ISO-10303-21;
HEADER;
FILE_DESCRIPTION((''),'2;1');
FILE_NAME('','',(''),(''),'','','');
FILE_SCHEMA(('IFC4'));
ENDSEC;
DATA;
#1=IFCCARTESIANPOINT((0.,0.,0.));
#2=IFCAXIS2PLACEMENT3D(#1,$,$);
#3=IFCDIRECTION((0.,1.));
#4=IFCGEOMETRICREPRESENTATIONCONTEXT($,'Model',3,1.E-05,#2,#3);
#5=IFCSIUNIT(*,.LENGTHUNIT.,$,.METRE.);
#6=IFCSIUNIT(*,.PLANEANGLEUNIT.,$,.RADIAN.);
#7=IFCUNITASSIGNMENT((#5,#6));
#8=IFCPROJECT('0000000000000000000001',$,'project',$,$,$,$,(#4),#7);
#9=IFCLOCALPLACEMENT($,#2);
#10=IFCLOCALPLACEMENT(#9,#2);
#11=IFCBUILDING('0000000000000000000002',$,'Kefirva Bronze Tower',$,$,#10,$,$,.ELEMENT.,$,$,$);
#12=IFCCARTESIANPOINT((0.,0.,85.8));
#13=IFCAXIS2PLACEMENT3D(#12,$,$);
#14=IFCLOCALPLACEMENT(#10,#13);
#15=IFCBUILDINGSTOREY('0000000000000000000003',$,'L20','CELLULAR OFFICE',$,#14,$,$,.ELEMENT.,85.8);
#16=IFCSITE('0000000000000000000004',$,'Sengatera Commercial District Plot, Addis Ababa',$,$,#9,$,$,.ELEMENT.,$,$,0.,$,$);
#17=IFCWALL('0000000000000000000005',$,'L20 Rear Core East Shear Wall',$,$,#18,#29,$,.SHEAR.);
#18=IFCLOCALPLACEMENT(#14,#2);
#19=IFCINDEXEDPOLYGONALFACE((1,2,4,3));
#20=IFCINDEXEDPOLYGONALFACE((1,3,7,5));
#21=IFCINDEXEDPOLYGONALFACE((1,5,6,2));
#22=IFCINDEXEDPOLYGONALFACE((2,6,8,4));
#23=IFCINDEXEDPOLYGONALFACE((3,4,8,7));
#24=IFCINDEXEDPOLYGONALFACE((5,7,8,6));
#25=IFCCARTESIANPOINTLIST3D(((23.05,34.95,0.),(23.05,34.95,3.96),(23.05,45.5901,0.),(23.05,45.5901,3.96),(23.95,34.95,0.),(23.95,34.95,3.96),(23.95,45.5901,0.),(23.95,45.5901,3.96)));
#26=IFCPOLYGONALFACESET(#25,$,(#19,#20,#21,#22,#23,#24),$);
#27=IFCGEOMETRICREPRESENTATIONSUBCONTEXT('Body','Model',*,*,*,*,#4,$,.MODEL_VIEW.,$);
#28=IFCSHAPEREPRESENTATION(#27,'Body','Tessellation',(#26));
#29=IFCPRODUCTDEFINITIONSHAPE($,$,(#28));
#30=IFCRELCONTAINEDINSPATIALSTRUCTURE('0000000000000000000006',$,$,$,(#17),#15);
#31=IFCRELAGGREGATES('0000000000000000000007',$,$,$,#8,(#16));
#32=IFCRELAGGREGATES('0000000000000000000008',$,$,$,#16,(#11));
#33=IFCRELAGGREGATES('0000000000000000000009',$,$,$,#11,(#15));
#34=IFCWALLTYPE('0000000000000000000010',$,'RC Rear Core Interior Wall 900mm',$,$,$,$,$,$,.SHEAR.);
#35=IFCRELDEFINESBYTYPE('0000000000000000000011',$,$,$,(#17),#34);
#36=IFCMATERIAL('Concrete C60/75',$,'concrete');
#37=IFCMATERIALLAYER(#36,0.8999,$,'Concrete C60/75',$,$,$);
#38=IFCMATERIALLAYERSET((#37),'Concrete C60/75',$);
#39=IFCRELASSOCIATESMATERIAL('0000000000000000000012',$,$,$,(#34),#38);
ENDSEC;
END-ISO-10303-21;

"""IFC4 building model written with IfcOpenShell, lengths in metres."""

from ifc_helpers import new_model, si_unit, direction, frame, frame_2d, origin, place, context, subcontext, project, spatial, rectangle, extrude, material, layer, layer_set, type_object, element, save


model = new_model("IFC4")

# Units and contexts
model_context = context("Model", 3, precision=1e-05, world=origin(), true_north=direction((0.0, 1.0)))
body_context = subcontext(model_context, "Body", "Model", "MODEL_VIEW")
ifc_project = project(units=[si_unit("LENGTHUNIT", "METRE"), si_unit("PLANEANGLEUNIT", "RADIAN")], contexts=[model_context])

# Site, building, storey
site_placement = place(None, origin())
site = spatial("IfcSite", under=ifc_project, at=site_placement, Name="Sengatera Commercial District Plot, Addis Ababa", CompositionType="ELEMENT", RefElevation=0.0)
building_placement = place(site_placement, origin())
building = spatial("IfcBuilding", under=site, at=building_placement, Name="Kefirva Bronze Tower", CompositionType="ELEMENT")
storey_placement = place(building_placement, frame((0.0, 0.0, 85.8)))
storey = spatial("IfcBuildingStorey", under=building, at=storey_placement, Name="L20", Description="CELLULAR OFFICE", CompositionType="ELEMENT", Elevation=85.8)

# Shared definitions
ifc_material_1 = material(Name="Concrete C60/75", Category="concrete")

# Wall
ifc_layer_1 = layer(ifc_material_1, 0.8999, Name="Concrete C60/75")
ifc_layer_set_1 = layer_set([ifc_layer_1], Name="Concrete C60/75")
wall_type_1 = type_object("IfcWallType", Name="RC Rear Core Interior Wall 900mm", PredefinedType="SHEAR", material=ifc_layer_set_1)
wall_1_placement = place(storey_placement, frame((23.5, 34.95, 0.0), z_axis=(0.0, 0.0, 1.0), x_axis=(0.0, 1.0, 0.0)))
element("IfcWall", 1, at=wall_1_placement, inside=storey, type_object=wall_type_1, Name="L20 Rear Core East Shear Wall", PredefinedType="SHEAR", context=body_context, shape_type="SweptSolid", body=[
    extrude(rectangle(XDim=10.6401, YDim=0.8999, at=frame_2d((5.3201, 0.0))), origin(), (0.0, 0.0, 1.0), 3.96),
])

save(model, "model.ifc")
